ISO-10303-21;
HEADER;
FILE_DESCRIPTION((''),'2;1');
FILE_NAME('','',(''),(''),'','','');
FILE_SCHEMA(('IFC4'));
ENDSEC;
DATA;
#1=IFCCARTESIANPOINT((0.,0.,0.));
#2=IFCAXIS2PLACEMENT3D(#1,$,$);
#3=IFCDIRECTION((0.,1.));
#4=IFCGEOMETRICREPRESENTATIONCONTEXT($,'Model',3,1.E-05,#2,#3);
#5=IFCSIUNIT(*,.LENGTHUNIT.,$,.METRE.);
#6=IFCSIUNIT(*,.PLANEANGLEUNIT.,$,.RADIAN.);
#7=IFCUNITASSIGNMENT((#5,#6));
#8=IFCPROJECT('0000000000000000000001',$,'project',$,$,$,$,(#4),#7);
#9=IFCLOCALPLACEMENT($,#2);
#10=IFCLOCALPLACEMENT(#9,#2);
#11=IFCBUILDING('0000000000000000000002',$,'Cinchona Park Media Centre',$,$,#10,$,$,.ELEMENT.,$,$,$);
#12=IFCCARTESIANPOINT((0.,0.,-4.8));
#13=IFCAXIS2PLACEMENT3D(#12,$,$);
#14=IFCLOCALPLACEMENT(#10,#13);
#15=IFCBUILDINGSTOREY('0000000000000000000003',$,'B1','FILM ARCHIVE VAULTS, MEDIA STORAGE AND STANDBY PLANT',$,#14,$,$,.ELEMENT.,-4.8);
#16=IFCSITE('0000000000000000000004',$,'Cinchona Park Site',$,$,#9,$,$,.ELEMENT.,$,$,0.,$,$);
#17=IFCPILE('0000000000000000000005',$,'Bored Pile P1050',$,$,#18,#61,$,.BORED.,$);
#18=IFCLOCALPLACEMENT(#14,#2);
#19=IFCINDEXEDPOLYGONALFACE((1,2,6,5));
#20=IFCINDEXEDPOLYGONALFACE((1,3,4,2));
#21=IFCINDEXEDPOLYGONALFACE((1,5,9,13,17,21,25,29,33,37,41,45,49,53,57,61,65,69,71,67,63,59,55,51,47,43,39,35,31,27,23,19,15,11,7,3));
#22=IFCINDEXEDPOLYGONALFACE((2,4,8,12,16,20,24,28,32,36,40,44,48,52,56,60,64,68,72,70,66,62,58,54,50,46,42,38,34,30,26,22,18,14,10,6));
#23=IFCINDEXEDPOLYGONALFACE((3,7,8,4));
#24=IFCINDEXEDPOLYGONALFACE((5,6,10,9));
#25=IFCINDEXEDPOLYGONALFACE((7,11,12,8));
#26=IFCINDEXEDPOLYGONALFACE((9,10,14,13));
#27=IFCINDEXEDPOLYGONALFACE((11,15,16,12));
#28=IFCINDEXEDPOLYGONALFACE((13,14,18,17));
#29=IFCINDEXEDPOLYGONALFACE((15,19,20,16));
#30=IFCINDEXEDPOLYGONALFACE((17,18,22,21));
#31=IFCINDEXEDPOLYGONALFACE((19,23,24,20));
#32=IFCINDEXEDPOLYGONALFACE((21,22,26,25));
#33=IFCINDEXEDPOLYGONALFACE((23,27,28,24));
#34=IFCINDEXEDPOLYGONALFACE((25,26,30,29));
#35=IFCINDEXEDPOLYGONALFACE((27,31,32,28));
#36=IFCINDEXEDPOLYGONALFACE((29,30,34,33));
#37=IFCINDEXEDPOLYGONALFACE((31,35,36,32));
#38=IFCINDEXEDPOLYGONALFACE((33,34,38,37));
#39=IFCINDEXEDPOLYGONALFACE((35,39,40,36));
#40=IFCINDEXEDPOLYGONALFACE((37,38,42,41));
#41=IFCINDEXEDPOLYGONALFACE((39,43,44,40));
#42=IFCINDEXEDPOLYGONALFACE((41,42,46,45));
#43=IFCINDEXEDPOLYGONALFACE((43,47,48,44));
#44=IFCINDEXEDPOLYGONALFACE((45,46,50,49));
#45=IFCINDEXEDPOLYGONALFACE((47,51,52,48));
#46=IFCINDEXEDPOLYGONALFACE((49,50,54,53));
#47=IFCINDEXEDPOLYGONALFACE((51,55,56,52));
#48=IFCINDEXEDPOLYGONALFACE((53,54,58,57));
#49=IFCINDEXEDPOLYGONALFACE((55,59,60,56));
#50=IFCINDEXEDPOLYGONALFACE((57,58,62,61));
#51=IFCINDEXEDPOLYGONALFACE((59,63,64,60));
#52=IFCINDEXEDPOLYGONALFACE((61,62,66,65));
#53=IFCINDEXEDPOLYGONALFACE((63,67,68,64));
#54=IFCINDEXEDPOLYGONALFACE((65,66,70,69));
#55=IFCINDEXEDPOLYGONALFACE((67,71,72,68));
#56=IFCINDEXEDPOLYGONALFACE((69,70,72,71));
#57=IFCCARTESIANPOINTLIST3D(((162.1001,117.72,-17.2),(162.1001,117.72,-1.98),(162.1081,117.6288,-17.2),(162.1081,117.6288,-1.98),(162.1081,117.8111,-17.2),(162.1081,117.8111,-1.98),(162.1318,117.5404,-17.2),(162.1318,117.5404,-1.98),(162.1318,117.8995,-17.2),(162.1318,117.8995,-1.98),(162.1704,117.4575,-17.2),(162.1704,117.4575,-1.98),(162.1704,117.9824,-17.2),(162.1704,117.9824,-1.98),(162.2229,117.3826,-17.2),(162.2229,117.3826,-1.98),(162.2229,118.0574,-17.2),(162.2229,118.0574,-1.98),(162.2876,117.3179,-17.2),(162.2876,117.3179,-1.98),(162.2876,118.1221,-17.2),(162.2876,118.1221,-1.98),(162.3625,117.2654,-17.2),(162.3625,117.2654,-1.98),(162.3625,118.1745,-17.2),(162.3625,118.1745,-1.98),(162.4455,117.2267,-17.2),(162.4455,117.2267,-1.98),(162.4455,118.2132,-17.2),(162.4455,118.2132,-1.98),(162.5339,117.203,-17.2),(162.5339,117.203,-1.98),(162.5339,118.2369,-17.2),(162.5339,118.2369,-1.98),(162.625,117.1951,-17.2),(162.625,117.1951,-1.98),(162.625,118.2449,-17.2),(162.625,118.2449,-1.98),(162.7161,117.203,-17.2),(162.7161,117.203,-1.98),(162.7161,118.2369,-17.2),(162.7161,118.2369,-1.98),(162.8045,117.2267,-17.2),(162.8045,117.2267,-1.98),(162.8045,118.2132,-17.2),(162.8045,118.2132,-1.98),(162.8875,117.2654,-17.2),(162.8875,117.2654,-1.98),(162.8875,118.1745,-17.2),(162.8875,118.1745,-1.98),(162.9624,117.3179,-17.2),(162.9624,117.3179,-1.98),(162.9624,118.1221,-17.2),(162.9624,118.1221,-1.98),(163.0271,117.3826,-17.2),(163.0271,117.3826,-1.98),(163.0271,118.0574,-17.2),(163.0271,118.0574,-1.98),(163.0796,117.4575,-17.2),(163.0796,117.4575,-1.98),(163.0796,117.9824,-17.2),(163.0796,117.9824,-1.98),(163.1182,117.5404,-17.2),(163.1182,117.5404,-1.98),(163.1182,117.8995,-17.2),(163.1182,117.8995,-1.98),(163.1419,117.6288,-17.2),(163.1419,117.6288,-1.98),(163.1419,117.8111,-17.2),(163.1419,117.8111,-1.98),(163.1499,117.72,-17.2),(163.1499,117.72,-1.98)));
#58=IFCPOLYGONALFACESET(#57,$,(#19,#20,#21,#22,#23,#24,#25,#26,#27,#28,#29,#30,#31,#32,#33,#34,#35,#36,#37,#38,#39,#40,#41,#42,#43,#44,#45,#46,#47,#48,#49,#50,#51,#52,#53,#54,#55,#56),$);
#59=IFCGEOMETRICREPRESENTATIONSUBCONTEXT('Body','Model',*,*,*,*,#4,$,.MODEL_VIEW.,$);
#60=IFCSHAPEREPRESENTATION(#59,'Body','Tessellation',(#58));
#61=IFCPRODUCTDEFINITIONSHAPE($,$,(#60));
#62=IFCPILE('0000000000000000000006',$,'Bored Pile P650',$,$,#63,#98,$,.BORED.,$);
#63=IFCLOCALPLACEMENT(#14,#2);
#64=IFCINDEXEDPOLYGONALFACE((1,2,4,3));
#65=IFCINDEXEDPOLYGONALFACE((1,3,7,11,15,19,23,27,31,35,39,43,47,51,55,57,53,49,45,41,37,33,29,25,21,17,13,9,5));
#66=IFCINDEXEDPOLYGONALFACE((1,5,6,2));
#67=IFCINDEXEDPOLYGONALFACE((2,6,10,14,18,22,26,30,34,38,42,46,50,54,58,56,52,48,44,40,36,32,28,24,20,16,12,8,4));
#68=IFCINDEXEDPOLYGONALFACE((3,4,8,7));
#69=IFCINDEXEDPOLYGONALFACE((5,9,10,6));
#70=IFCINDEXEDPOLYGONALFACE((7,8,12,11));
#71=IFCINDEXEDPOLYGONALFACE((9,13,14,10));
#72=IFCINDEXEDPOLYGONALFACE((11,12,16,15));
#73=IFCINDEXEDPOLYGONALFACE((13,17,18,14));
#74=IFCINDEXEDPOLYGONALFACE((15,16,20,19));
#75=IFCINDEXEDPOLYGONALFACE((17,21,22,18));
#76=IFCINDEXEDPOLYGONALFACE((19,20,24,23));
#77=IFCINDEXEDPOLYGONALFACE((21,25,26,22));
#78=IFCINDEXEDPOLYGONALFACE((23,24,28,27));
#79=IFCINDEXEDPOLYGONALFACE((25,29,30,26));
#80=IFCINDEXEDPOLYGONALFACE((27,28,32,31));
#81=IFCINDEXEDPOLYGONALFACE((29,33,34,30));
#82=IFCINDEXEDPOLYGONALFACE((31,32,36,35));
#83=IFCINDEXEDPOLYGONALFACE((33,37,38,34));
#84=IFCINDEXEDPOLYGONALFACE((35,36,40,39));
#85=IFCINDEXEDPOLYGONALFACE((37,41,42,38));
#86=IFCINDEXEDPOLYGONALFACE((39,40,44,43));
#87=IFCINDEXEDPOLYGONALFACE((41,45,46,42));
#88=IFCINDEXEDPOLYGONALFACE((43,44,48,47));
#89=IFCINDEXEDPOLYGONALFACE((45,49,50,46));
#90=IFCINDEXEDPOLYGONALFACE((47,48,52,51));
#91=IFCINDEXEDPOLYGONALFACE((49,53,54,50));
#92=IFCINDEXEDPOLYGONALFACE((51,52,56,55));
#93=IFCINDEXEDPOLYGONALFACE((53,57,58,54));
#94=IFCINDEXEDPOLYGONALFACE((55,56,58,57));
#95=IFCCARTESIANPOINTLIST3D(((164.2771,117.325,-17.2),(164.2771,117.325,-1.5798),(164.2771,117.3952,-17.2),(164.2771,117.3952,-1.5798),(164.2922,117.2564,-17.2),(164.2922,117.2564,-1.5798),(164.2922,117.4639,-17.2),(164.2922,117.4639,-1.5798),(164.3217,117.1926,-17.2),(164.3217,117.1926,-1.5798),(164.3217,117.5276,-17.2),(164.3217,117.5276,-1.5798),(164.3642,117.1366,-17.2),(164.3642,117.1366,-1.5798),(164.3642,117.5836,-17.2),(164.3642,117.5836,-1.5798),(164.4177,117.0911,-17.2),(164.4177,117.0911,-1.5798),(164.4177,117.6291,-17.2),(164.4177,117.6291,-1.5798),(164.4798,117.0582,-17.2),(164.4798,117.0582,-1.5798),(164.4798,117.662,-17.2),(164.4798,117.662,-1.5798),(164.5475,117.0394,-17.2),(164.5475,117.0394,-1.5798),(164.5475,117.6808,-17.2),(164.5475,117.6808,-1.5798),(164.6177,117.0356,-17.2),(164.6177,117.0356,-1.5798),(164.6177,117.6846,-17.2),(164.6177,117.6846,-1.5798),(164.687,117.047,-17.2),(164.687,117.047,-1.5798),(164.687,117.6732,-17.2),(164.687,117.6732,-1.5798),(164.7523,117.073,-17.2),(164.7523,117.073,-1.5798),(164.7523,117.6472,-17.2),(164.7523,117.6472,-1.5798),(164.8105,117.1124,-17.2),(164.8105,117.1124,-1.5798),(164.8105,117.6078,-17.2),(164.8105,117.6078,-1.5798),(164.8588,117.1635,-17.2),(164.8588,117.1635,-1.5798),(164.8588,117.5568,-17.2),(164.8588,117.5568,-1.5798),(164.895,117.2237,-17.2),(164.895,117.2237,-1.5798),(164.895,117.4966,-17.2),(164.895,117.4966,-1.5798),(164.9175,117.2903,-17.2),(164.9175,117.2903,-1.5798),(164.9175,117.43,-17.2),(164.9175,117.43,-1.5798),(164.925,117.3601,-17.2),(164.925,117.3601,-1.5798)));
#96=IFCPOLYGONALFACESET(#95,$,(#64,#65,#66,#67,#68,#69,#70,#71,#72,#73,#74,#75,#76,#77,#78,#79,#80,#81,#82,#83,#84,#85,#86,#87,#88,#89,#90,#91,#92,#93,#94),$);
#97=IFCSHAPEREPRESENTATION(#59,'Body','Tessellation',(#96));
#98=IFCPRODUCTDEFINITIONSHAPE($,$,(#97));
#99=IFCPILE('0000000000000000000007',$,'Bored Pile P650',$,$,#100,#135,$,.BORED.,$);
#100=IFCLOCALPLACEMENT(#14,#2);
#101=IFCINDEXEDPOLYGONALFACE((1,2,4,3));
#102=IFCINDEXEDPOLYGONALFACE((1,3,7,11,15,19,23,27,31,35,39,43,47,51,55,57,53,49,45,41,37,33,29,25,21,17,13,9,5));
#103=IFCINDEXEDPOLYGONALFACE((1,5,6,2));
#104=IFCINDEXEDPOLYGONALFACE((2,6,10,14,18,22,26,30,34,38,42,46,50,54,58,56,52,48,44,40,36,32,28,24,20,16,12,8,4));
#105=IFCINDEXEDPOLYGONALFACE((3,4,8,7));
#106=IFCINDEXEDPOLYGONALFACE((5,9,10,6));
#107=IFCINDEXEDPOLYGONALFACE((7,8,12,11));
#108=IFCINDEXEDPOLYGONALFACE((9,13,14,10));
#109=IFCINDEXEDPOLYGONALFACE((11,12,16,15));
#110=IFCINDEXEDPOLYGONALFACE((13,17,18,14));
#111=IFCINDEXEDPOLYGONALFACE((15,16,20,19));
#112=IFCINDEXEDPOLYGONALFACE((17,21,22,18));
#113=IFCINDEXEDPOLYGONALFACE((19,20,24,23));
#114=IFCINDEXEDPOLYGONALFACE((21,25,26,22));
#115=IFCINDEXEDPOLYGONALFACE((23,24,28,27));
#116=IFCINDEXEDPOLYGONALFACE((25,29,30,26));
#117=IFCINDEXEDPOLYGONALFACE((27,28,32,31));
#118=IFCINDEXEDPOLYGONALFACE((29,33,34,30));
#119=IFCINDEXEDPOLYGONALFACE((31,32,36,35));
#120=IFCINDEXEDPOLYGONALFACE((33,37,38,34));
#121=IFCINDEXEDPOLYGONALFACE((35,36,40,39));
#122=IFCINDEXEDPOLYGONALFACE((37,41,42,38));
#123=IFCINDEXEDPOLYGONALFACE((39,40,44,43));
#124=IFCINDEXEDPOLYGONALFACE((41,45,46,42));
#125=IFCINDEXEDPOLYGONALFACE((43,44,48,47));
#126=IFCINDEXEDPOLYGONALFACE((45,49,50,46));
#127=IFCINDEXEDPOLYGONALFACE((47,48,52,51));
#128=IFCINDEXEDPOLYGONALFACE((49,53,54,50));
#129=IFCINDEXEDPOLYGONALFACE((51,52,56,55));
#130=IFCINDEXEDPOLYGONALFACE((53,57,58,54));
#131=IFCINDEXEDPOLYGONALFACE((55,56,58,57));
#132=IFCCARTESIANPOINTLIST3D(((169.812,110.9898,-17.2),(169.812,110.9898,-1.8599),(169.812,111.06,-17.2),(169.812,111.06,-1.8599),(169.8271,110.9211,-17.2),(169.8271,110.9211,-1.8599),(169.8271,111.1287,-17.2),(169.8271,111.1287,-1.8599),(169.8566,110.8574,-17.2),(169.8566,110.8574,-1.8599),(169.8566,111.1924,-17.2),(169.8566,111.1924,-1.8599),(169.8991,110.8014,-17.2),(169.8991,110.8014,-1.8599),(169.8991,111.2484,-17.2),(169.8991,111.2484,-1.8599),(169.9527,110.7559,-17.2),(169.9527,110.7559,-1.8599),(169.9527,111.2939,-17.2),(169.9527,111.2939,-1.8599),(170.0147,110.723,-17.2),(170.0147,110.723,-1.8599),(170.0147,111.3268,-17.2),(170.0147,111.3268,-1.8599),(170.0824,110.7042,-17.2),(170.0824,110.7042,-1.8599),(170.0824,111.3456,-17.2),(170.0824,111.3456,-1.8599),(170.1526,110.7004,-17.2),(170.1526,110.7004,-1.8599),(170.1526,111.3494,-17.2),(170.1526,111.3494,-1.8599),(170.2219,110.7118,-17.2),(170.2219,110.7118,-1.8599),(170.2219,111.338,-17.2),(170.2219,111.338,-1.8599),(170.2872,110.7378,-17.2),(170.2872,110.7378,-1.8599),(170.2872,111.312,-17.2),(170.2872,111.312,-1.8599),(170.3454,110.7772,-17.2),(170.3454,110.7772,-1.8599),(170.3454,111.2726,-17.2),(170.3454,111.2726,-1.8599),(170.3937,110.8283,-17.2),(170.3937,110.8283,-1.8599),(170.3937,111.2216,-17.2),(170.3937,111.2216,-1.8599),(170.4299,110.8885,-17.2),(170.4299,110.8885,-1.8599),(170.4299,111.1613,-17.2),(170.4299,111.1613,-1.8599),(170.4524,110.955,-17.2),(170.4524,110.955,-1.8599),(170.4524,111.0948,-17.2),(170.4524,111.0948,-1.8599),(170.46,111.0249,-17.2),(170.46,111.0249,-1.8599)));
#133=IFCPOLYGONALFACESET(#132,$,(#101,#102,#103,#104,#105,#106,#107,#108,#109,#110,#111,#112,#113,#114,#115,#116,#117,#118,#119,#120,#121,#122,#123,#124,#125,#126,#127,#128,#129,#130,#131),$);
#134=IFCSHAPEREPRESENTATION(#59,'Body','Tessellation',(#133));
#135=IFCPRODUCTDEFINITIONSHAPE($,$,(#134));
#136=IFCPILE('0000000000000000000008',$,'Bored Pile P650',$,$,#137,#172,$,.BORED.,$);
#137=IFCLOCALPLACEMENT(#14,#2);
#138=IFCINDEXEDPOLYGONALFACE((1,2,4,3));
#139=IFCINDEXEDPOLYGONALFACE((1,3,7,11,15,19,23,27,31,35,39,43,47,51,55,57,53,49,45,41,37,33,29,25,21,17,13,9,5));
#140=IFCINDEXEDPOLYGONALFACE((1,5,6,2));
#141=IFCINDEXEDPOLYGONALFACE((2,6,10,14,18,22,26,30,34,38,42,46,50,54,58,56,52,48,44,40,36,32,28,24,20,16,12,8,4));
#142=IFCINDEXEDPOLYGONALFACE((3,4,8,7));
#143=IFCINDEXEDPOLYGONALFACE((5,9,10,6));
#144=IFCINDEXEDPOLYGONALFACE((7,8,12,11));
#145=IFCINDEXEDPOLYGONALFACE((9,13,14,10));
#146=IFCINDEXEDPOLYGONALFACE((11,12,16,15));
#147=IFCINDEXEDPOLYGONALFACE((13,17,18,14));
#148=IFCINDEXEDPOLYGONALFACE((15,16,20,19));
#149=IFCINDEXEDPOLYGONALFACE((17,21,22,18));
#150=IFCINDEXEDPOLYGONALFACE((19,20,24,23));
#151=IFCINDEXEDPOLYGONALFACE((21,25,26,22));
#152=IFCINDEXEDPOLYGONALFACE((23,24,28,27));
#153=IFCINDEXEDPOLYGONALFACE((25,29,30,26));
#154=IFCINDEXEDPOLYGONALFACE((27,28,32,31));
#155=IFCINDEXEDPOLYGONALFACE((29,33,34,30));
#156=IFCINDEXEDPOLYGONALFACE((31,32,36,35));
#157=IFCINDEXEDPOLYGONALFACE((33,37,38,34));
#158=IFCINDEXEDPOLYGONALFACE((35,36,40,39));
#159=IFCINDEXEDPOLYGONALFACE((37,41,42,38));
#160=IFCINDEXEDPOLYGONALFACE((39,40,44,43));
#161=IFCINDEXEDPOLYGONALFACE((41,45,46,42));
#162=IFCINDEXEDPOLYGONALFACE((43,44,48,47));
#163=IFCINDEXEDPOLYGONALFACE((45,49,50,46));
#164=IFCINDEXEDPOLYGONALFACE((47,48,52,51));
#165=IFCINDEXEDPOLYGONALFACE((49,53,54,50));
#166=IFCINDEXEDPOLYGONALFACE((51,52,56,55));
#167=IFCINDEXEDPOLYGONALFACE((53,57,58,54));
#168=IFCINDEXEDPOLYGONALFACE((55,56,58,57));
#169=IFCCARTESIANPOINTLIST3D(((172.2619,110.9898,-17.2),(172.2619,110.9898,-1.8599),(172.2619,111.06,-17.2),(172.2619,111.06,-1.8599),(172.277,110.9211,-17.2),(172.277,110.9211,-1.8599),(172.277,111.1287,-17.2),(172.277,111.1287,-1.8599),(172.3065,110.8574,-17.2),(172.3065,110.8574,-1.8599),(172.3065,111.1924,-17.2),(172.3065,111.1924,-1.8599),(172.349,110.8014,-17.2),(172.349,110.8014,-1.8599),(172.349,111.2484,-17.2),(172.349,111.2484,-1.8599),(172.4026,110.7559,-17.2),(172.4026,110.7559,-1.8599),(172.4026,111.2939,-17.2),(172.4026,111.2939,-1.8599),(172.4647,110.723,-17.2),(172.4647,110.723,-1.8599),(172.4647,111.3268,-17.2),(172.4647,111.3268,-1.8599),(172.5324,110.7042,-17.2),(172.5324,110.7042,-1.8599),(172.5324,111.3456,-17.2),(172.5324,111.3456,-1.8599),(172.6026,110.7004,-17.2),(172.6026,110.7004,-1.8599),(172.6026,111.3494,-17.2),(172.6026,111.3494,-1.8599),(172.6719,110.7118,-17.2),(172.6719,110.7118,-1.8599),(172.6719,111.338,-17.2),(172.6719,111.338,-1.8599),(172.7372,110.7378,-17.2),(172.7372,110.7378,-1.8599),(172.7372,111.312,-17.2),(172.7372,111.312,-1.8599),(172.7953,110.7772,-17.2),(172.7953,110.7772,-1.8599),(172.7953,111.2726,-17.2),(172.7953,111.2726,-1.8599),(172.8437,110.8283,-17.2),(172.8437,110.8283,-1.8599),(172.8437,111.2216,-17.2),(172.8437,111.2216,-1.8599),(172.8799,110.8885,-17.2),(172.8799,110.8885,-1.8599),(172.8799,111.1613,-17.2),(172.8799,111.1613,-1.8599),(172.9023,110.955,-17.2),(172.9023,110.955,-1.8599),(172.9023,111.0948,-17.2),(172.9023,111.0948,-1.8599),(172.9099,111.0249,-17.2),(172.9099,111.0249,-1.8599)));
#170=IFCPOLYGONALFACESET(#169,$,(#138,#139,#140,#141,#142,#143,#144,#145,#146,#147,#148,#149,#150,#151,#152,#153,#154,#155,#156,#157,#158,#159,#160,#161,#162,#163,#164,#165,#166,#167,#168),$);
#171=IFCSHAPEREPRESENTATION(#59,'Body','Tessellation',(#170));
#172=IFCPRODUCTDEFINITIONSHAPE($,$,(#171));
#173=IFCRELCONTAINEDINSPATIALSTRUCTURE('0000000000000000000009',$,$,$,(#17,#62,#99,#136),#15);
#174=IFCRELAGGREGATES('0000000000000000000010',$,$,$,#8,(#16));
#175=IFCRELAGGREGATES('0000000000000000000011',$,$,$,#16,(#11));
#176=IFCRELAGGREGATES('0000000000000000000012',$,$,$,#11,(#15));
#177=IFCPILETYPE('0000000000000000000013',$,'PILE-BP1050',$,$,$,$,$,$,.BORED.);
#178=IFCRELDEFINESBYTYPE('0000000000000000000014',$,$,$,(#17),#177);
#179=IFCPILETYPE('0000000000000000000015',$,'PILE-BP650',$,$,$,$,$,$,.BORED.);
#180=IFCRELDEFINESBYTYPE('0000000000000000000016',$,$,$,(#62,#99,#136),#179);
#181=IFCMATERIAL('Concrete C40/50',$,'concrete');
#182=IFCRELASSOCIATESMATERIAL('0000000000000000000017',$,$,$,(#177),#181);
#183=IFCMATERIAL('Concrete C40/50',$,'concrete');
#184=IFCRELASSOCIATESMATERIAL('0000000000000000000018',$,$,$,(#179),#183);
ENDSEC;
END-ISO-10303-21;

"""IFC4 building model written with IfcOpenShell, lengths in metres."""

from ifc_helpers import new_model, si_unit, direction, frame, origin, origin_2d, place, context, subcontext, project, spatial, circle, extrude, material, material_profile, profile_set, type_object, element, save


model = new_model("IFC4")

# Units and contexts
model_context = context("Model", 3, precision=1e-05, world=origin(), true_north=direction((0.0, 1.0)))
body_context = subcontext(model_context, "Body", "Model", "MODEL_VIEW")
ifc_project = project(units=[si_unit("LENGTHUNIT", "METRE"), si_unit("PLANEANGLEUNIT", "RADIAN")], contexts=[model_context])

# Site, building, storey
site_placement = place(None, origin())
site = spatial("IfcSite", under=ifc_project, at=site_placement, Name="Cinchona Park Site", CompositionType="ELEMENT", RefElevation=0.0)
building_placement = place(site_placement, origin())
building = spatial("IfcBuilding", under=site, at=building_placement, Name="Cinchona Park Media Centre", CompositionType="ELEMENT")
storey_placement = place(building_placement, frame((0.0, 0.0, -4.8)))
storey = spatial("IfcBuildingStorey", under=building, at=storey_placement, Name="B1", Description="FILM ARCHIVE VAULTS, MEDIA STORAGE AND STANDBY PLANT", CompositionType="ELEMENT", Elevation=-4.8)

# Piles
ifc_material_1 = material(Name="Concrete C40/50", Category="concrete")
ifc_material_profile_1 = material_profile(ifc_material_1, circle(Radius=0.5249, at=origin_2d()), Name="BORED PILE 1050")
ifc_profile_set_1 = profile_set([ifc_material_profile_1], Name="Concrete C40/50")
pile_type_1 = type_object("IfcPileType", Name="PILE-BP1050", PredefinedType="BORED", material=ifc_profile_set_1)
pile_1_placement = place(storey_placement, frame((162.625, 117.72, -1.98), z_axis=(0.0, 0.0, -1.0), x_axis=(1.0, 0.0, 0.0)))
element("IfcPile", 1, at=pile_1_placement, inside=storey, type_object=pile_type_1, Name="Bored Pile P1050", PredefinedType="BORED", context=body_context, shape_type="SweptSolid", body=[
    extrude(circle(Radius=0.5249, at=origin_2d()), origin(), (0.0, 0.0, 1.0), 15.22),
])
ifc_material_2 = material(Name="Concrete C40/50", Category="concrete")
ifc_material_profile_2 = material_profile(ifc_material_2, circle(Radius=0.325, at=origin_2d()), Name="BORED PILE 650")
ifc_profile_set_2 = profile_set([ifc_material_profile_2], Name="Concrete C40/50")
pile_type_2 = type_object("IfcPileType", Name="PILE-BP650", PredefinedType="BORED", material=ifc_profile_set_2)
pile_2_placement = place(storey_placement, frame((164.6001, 117.3601, -1.5798), z_axis=(0.0, 0.0, -1.0), x_axis=(1.0, 0.0, 0.0)))
element("IfcPile", 2, at=pile_2_placement, inside=storey, type_object=pile_type_2, Name="Bored Pile P650", PredefinedType="BORED", context=body_context, shape_type="SweptSolid", body=[
    extrude(circle(Radius=0.325, at=origin_2d()), origin(), (0.0, 0.0, 1.0), 15.6201),
])
for number, where, z_axis, x_axis, name in (
    (3, (170.135, 111.0249, -1.8599), (0.0, 0.0, -1.0), (1.0, 0.0, 0.0), "Bored Pile P650"),
    (4, (172.585, 111.0249, -1.8599), (0.0, 0.0, -1.0), (1.0, 0.0, 0.0), "Bored Pile P650"),
):
    element("IfcPile", number, at=place(storey_placement, frame(where, z_axis=z_axis, x_axis=x_axis)), inside=storey, type_object=pile_type_2, Name=name, PredefinedType="BORED", context=body_context, shape_type="SweptSolid", body=[
        extrude(circle(Radius=0.325, at=origin_2d()), origin(), (0.0, 0.0, 1.0), 15.3401),
    ])

save(model, "model.ifc")
